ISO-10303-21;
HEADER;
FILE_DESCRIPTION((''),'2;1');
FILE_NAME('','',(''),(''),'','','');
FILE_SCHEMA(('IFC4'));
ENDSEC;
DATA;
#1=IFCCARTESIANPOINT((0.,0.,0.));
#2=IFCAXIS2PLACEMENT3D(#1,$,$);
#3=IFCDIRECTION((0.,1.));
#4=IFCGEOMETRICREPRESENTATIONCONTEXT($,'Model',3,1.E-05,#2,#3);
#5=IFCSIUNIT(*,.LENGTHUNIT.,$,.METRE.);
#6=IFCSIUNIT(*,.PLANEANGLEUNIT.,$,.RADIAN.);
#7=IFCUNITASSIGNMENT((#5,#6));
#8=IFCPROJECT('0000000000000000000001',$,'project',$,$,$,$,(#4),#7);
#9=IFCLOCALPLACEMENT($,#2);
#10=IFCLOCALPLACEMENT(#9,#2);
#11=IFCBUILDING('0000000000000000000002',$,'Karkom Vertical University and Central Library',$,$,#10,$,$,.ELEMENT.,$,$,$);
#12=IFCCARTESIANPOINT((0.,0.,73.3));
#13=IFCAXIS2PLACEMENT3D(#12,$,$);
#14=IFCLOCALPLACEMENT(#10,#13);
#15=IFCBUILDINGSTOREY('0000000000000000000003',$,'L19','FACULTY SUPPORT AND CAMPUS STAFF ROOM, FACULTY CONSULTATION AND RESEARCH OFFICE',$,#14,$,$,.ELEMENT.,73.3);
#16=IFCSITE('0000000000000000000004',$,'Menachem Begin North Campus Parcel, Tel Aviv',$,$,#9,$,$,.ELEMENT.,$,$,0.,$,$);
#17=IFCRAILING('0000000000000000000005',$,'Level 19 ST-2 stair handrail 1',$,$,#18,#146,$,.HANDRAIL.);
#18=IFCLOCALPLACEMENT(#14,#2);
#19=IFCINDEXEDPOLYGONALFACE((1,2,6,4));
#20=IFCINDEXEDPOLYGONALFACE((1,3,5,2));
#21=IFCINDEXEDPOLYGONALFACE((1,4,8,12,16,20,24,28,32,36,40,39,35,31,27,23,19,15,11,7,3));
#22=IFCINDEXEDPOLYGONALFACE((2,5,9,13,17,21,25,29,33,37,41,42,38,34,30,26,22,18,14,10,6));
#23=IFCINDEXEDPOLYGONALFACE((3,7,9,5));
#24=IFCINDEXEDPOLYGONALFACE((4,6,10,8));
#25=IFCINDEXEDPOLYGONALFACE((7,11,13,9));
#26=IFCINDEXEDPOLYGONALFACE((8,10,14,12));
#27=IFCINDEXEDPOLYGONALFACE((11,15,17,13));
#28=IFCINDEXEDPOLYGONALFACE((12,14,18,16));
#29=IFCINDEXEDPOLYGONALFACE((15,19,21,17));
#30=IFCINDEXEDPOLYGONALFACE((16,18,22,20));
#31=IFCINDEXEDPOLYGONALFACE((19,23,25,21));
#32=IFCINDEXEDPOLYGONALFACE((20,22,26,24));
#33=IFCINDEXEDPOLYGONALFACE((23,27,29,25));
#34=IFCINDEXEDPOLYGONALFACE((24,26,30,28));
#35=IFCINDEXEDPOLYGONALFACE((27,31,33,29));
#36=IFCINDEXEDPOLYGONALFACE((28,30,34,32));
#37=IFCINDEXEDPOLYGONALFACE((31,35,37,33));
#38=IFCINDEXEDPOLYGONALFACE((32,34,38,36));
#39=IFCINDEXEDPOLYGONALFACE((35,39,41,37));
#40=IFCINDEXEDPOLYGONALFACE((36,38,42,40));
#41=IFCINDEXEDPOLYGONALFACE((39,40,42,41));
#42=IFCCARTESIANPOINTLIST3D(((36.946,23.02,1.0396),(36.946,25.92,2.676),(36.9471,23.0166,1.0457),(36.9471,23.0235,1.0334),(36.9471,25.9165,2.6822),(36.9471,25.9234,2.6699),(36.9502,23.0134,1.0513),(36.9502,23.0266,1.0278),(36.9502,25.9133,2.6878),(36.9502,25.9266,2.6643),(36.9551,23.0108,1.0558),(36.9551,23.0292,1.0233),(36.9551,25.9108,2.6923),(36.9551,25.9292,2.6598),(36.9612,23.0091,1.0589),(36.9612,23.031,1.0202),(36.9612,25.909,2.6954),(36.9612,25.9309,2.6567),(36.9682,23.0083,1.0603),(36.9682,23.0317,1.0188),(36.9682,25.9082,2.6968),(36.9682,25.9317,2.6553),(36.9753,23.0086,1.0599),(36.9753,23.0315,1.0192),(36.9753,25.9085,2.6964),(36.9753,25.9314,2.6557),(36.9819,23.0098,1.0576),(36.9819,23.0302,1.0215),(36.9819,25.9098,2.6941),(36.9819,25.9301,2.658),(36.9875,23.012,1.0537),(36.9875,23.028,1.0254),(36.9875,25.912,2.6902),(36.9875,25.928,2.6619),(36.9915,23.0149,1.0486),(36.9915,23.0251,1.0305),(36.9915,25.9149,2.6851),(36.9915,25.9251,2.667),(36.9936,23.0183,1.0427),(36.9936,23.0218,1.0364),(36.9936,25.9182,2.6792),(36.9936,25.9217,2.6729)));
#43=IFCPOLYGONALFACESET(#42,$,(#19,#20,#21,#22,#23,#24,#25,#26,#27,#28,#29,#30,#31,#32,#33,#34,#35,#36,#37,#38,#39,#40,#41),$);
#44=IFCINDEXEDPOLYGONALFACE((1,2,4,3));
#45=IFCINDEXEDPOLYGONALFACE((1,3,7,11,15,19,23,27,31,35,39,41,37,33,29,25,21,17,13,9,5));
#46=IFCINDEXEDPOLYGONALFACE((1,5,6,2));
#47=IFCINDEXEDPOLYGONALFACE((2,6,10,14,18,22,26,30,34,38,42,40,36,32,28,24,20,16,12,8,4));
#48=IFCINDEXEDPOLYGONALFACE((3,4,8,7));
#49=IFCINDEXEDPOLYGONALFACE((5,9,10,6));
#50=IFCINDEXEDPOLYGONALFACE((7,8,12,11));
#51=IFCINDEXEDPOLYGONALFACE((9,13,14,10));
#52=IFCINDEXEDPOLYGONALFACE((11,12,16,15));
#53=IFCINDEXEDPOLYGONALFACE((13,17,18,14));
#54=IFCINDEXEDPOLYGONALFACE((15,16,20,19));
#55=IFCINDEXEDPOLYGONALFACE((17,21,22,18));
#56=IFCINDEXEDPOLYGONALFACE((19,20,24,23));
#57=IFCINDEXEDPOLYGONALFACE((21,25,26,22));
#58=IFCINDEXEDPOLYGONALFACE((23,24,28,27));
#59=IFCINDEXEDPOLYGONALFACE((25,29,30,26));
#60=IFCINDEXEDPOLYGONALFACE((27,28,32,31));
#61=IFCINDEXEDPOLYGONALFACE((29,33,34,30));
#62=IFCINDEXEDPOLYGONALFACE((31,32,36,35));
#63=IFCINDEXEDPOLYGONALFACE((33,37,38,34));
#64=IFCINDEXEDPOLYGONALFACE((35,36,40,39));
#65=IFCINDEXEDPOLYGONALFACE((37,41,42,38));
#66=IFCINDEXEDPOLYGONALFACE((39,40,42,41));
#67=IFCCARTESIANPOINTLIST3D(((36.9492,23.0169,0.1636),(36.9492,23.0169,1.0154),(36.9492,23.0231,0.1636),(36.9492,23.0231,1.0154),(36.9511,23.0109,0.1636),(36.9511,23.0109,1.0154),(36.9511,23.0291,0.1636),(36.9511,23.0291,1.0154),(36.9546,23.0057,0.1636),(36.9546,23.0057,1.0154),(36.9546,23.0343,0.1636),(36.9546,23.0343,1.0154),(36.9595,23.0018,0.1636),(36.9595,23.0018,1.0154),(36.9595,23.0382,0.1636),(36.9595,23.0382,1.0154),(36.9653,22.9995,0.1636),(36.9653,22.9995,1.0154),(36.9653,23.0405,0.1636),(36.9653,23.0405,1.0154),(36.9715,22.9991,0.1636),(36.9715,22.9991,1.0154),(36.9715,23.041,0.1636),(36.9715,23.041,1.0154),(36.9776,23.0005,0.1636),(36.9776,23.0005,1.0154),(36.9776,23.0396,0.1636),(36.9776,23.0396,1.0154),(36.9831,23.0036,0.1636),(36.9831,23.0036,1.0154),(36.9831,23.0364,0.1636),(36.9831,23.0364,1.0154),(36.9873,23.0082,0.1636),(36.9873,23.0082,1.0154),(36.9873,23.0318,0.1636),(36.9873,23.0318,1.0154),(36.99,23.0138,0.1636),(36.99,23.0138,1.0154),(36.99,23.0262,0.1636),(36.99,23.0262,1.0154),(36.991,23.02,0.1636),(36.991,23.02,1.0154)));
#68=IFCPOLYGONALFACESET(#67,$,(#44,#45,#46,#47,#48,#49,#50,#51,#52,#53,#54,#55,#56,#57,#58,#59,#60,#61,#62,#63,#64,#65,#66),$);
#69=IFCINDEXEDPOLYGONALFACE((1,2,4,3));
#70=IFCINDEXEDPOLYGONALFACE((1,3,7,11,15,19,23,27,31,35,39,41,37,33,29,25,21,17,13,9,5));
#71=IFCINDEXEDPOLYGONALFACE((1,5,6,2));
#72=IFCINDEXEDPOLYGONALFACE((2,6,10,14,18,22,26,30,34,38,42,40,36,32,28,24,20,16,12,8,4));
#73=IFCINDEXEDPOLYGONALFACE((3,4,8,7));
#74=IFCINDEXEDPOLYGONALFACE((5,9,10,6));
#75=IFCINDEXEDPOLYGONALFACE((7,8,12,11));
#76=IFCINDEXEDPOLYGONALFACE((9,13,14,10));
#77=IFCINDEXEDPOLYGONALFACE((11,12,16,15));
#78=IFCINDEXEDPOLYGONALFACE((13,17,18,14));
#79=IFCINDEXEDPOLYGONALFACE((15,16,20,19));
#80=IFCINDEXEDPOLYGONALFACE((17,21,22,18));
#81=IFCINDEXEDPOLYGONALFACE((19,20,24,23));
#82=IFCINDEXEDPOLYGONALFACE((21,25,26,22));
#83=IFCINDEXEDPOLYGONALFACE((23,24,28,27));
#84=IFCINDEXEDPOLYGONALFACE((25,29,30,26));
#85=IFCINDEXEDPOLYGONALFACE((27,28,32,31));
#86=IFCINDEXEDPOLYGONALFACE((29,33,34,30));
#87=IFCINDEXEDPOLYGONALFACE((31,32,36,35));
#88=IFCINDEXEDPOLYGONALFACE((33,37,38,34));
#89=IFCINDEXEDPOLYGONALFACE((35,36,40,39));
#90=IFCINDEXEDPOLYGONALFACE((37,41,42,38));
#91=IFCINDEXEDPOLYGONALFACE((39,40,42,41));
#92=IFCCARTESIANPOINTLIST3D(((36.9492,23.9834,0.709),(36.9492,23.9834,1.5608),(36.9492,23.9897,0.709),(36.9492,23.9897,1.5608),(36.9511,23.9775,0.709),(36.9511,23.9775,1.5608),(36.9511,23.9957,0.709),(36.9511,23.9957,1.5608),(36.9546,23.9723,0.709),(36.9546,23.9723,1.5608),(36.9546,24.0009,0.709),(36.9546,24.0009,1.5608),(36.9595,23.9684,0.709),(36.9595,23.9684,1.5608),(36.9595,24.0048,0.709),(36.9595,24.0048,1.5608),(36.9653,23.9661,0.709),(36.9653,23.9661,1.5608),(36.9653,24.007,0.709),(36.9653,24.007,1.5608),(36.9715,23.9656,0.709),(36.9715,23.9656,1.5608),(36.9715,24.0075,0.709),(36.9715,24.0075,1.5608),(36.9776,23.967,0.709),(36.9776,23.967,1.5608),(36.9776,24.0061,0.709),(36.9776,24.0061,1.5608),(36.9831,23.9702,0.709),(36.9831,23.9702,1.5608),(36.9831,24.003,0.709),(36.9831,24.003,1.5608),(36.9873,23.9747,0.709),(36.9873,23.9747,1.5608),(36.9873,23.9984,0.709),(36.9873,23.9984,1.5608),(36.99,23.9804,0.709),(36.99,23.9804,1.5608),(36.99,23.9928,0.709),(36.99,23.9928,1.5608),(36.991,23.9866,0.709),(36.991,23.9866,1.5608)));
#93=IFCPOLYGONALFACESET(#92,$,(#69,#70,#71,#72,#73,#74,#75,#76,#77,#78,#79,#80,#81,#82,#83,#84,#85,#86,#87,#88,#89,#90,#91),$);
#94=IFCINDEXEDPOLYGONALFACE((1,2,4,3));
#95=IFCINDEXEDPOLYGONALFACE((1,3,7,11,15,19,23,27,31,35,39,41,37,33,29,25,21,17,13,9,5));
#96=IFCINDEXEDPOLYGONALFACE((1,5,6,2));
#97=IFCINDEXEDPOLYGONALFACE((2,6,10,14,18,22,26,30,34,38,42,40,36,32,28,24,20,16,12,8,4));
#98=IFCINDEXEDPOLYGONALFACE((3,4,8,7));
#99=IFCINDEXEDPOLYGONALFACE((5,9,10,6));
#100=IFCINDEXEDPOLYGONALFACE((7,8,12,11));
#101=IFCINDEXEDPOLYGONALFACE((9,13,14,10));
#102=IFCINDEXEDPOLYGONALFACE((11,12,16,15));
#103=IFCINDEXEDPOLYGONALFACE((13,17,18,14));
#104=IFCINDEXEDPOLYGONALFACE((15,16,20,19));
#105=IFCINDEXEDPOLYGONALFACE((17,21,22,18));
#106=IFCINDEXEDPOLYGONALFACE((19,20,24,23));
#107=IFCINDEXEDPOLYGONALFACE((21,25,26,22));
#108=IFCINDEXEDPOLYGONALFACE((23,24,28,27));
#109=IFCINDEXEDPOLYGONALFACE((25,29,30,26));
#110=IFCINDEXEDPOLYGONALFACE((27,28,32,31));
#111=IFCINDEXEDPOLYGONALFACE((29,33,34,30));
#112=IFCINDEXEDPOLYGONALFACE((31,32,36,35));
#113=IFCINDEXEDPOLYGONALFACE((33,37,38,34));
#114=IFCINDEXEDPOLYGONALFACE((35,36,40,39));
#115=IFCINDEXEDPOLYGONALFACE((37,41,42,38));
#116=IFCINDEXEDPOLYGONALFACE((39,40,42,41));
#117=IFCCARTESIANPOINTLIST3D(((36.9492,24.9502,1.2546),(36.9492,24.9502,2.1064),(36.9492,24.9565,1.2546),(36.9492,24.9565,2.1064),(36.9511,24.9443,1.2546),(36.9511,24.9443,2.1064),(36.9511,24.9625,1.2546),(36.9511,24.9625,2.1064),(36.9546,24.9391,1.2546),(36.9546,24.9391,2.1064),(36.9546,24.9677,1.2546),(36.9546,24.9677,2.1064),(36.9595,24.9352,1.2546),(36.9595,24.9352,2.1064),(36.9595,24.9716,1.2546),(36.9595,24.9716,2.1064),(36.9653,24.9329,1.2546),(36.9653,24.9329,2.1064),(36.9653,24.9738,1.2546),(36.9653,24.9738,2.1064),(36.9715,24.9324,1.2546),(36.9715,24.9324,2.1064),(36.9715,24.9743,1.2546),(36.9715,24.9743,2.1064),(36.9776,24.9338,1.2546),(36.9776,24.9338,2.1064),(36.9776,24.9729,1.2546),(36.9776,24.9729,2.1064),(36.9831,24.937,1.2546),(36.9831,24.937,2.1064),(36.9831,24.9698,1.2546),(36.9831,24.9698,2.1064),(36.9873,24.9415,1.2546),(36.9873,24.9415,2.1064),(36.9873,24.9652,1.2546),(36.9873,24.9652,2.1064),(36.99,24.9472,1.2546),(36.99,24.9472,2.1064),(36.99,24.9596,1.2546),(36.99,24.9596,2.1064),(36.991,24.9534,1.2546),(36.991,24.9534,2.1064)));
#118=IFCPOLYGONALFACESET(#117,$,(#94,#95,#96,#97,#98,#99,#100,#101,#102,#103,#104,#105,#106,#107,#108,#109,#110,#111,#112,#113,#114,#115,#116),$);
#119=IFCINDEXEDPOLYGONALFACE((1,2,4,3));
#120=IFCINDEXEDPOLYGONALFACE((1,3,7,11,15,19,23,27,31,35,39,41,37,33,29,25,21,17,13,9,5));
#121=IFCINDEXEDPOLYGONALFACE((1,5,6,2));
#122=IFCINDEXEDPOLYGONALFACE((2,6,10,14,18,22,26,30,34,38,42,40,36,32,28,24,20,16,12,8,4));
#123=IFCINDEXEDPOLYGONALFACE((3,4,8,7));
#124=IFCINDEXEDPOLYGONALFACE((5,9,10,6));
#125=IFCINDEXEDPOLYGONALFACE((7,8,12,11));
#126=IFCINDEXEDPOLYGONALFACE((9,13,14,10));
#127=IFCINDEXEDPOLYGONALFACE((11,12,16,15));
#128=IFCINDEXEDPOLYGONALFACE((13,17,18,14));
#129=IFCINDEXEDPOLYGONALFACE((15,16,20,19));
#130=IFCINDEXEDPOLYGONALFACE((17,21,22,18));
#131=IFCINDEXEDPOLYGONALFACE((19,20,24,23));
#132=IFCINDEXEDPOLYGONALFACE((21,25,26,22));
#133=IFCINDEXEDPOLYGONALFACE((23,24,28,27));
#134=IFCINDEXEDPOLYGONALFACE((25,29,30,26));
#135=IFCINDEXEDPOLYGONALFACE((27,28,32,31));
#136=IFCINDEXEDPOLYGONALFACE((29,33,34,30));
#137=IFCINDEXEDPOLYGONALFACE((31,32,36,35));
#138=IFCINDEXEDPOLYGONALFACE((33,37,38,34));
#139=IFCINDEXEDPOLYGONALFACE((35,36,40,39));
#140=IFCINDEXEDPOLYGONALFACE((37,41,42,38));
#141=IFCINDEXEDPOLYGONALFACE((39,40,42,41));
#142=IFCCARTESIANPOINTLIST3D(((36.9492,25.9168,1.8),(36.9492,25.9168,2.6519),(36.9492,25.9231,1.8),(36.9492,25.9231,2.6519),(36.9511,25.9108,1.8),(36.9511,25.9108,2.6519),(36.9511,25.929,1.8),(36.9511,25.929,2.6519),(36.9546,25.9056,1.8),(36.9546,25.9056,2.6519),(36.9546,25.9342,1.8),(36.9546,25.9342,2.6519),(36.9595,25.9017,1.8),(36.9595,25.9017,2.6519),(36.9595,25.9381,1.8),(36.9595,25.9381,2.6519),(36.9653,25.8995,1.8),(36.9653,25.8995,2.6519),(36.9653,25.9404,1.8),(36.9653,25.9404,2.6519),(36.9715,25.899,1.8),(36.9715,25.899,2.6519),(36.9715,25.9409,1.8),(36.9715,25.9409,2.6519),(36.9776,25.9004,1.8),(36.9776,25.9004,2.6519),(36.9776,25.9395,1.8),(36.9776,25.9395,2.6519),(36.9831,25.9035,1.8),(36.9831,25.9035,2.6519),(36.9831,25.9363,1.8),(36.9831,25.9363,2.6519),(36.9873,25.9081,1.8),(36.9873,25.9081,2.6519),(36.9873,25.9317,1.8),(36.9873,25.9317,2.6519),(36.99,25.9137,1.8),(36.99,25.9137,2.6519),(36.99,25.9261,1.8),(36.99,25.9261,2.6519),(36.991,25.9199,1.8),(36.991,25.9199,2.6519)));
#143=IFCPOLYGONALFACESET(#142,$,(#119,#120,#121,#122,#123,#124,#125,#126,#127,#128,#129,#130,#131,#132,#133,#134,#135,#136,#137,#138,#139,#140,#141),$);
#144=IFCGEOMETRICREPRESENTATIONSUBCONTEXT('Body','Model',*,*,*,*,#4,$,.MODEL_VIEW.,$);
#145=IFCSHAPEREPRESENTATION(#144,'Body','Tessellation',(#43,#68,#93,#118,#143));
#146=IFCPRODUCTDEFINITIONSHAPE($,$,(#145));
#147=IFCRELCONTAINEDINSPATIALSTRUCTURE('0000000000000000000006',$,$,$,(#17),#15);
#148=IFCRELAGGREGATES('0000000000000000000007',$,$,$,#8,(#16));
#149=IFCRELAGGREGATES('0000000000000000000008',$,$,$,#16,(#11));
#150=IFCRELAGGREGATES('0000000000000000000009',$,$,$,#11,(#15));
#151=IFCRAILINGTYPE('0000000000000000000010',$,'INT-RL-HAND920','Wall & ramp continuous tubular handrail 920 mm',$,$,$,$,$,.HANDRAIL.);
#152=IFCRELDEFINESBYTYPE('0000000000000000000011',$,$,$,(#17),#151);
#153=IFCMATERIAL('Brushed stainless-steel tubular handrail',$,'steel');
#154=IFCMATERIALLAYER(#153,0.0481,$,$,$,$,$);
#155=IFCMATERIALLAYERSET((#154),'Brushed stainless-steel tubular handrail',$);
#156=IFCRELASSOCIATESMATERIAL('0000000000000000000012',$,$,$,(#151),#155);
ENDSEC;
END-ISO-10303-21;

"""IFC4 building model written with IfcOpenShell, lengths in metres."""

from ifc_helpers import new_model, si_unit, direction, frame, origin, origin_2d, place, context, subcontext, project, spatial, circle, extrude, material, layer, layer_set, type_object, element, save


model = new_model("IFC4")

# Units and contexts
model_context = context("Model", 3, precision=1e-05, world=origin(), true_north=direction((0.0, 1.0)))
body_context = subcontext(model_context, "Body", "Model", "MODEL_VIEW")
ifc_project = project(units=[si_unit("LENGTHUNIT", "METRE"), si_unit("PLANEANGLEUNIT", "RADIAN")], contexts=[model_context])

# Site, building, storey
site_placement = place(None, origin())
site = spatial("IfcSite", under=ifc_project, at=site_placement, Name="Menachem Begin North Campus Parcel, Tel Aviv", CompositionType="ELEMENT", RefElevation=0.0)
building_placement = place(site_placement, origin())
building = spatial("IfcBuilding", under=site, at=building_placement, Name="Karkom Vertical University and Central Library", CompositionType="ELEMENT")
storey_placement = place(building_placement, frame((0.0, 0.0, 73.3)))
storey = spatial("IfcBuildingStorey", under=building, at=storey_placement, Name="L19", Description="FACULTY SUPPORT AND CAMPUS STAFF ROOM, FACULTY CONSULTATION AND RESEARCH OFFICE", CompositionType="ELEMENT", Elevation=73.3)

# Railing
ifc_material_1 = material(Name="Brushed stainless-steel tubular handrail", Category="steel")
ifc_layer_1 = layer(ifc_material_1, 0.0481)
ifc_layer_set_1 = layer_set([ifc_layer_1], Name="Brushed stainless-steel tubular handrail")
railing_type_1 = type_object("IfcRailingType", Name="INT-RL-HAND920", Description="Wall & ramp continuous tubular handrail 920 mm", PredefinedType="HANDRAIL", material=ifc_layer_set_1)
railing_1_placement = place(storey_placement, frame((36.97, 23.02, 0.1636)))
element("IfcRailing", 1, at=railing_1_placement, inside=storey, type_object=railing_type_1, Name="Level 19 ST-2 stair handrail 1", PredefinedType="HANDRAIL", context=body_context, shape_type="SweptSolid", body=[
    extrude(circle(Radius=0.0239, at=origin_2d()), frame((0.0, 0.0, 0.876), z_axis=(0.0, 0.870897, 0.491465), x_axis=(-1.0, 0.0, 0.0)), (0.0, 0.0, 1.0), 3.3298),
    extrude(circle(Radius=0.021, at=origin_2d()), origin(), (0.0, 0.0, 1.0), 0.8518),
    extrude(circle(Radius=0.021, at=origin_2d()), frame((0.0, 0.9666, 0.5454)), (0.0, 0.0, 1.0), 0.8518),
    extrude(circle(Radius=0.021, at=origin_2d()), frame((0.0, 1.9333, 1.0911)), (0.0, 0.0, 1.0), 0.8518),
    extrude(circle(Radius=0.021, at=origin_2d()), frame((0.0, 2.8999, 1.6365)), (0.0, 0.0, 1.0), 0.8518),
])

save(model, "model.ifc")
